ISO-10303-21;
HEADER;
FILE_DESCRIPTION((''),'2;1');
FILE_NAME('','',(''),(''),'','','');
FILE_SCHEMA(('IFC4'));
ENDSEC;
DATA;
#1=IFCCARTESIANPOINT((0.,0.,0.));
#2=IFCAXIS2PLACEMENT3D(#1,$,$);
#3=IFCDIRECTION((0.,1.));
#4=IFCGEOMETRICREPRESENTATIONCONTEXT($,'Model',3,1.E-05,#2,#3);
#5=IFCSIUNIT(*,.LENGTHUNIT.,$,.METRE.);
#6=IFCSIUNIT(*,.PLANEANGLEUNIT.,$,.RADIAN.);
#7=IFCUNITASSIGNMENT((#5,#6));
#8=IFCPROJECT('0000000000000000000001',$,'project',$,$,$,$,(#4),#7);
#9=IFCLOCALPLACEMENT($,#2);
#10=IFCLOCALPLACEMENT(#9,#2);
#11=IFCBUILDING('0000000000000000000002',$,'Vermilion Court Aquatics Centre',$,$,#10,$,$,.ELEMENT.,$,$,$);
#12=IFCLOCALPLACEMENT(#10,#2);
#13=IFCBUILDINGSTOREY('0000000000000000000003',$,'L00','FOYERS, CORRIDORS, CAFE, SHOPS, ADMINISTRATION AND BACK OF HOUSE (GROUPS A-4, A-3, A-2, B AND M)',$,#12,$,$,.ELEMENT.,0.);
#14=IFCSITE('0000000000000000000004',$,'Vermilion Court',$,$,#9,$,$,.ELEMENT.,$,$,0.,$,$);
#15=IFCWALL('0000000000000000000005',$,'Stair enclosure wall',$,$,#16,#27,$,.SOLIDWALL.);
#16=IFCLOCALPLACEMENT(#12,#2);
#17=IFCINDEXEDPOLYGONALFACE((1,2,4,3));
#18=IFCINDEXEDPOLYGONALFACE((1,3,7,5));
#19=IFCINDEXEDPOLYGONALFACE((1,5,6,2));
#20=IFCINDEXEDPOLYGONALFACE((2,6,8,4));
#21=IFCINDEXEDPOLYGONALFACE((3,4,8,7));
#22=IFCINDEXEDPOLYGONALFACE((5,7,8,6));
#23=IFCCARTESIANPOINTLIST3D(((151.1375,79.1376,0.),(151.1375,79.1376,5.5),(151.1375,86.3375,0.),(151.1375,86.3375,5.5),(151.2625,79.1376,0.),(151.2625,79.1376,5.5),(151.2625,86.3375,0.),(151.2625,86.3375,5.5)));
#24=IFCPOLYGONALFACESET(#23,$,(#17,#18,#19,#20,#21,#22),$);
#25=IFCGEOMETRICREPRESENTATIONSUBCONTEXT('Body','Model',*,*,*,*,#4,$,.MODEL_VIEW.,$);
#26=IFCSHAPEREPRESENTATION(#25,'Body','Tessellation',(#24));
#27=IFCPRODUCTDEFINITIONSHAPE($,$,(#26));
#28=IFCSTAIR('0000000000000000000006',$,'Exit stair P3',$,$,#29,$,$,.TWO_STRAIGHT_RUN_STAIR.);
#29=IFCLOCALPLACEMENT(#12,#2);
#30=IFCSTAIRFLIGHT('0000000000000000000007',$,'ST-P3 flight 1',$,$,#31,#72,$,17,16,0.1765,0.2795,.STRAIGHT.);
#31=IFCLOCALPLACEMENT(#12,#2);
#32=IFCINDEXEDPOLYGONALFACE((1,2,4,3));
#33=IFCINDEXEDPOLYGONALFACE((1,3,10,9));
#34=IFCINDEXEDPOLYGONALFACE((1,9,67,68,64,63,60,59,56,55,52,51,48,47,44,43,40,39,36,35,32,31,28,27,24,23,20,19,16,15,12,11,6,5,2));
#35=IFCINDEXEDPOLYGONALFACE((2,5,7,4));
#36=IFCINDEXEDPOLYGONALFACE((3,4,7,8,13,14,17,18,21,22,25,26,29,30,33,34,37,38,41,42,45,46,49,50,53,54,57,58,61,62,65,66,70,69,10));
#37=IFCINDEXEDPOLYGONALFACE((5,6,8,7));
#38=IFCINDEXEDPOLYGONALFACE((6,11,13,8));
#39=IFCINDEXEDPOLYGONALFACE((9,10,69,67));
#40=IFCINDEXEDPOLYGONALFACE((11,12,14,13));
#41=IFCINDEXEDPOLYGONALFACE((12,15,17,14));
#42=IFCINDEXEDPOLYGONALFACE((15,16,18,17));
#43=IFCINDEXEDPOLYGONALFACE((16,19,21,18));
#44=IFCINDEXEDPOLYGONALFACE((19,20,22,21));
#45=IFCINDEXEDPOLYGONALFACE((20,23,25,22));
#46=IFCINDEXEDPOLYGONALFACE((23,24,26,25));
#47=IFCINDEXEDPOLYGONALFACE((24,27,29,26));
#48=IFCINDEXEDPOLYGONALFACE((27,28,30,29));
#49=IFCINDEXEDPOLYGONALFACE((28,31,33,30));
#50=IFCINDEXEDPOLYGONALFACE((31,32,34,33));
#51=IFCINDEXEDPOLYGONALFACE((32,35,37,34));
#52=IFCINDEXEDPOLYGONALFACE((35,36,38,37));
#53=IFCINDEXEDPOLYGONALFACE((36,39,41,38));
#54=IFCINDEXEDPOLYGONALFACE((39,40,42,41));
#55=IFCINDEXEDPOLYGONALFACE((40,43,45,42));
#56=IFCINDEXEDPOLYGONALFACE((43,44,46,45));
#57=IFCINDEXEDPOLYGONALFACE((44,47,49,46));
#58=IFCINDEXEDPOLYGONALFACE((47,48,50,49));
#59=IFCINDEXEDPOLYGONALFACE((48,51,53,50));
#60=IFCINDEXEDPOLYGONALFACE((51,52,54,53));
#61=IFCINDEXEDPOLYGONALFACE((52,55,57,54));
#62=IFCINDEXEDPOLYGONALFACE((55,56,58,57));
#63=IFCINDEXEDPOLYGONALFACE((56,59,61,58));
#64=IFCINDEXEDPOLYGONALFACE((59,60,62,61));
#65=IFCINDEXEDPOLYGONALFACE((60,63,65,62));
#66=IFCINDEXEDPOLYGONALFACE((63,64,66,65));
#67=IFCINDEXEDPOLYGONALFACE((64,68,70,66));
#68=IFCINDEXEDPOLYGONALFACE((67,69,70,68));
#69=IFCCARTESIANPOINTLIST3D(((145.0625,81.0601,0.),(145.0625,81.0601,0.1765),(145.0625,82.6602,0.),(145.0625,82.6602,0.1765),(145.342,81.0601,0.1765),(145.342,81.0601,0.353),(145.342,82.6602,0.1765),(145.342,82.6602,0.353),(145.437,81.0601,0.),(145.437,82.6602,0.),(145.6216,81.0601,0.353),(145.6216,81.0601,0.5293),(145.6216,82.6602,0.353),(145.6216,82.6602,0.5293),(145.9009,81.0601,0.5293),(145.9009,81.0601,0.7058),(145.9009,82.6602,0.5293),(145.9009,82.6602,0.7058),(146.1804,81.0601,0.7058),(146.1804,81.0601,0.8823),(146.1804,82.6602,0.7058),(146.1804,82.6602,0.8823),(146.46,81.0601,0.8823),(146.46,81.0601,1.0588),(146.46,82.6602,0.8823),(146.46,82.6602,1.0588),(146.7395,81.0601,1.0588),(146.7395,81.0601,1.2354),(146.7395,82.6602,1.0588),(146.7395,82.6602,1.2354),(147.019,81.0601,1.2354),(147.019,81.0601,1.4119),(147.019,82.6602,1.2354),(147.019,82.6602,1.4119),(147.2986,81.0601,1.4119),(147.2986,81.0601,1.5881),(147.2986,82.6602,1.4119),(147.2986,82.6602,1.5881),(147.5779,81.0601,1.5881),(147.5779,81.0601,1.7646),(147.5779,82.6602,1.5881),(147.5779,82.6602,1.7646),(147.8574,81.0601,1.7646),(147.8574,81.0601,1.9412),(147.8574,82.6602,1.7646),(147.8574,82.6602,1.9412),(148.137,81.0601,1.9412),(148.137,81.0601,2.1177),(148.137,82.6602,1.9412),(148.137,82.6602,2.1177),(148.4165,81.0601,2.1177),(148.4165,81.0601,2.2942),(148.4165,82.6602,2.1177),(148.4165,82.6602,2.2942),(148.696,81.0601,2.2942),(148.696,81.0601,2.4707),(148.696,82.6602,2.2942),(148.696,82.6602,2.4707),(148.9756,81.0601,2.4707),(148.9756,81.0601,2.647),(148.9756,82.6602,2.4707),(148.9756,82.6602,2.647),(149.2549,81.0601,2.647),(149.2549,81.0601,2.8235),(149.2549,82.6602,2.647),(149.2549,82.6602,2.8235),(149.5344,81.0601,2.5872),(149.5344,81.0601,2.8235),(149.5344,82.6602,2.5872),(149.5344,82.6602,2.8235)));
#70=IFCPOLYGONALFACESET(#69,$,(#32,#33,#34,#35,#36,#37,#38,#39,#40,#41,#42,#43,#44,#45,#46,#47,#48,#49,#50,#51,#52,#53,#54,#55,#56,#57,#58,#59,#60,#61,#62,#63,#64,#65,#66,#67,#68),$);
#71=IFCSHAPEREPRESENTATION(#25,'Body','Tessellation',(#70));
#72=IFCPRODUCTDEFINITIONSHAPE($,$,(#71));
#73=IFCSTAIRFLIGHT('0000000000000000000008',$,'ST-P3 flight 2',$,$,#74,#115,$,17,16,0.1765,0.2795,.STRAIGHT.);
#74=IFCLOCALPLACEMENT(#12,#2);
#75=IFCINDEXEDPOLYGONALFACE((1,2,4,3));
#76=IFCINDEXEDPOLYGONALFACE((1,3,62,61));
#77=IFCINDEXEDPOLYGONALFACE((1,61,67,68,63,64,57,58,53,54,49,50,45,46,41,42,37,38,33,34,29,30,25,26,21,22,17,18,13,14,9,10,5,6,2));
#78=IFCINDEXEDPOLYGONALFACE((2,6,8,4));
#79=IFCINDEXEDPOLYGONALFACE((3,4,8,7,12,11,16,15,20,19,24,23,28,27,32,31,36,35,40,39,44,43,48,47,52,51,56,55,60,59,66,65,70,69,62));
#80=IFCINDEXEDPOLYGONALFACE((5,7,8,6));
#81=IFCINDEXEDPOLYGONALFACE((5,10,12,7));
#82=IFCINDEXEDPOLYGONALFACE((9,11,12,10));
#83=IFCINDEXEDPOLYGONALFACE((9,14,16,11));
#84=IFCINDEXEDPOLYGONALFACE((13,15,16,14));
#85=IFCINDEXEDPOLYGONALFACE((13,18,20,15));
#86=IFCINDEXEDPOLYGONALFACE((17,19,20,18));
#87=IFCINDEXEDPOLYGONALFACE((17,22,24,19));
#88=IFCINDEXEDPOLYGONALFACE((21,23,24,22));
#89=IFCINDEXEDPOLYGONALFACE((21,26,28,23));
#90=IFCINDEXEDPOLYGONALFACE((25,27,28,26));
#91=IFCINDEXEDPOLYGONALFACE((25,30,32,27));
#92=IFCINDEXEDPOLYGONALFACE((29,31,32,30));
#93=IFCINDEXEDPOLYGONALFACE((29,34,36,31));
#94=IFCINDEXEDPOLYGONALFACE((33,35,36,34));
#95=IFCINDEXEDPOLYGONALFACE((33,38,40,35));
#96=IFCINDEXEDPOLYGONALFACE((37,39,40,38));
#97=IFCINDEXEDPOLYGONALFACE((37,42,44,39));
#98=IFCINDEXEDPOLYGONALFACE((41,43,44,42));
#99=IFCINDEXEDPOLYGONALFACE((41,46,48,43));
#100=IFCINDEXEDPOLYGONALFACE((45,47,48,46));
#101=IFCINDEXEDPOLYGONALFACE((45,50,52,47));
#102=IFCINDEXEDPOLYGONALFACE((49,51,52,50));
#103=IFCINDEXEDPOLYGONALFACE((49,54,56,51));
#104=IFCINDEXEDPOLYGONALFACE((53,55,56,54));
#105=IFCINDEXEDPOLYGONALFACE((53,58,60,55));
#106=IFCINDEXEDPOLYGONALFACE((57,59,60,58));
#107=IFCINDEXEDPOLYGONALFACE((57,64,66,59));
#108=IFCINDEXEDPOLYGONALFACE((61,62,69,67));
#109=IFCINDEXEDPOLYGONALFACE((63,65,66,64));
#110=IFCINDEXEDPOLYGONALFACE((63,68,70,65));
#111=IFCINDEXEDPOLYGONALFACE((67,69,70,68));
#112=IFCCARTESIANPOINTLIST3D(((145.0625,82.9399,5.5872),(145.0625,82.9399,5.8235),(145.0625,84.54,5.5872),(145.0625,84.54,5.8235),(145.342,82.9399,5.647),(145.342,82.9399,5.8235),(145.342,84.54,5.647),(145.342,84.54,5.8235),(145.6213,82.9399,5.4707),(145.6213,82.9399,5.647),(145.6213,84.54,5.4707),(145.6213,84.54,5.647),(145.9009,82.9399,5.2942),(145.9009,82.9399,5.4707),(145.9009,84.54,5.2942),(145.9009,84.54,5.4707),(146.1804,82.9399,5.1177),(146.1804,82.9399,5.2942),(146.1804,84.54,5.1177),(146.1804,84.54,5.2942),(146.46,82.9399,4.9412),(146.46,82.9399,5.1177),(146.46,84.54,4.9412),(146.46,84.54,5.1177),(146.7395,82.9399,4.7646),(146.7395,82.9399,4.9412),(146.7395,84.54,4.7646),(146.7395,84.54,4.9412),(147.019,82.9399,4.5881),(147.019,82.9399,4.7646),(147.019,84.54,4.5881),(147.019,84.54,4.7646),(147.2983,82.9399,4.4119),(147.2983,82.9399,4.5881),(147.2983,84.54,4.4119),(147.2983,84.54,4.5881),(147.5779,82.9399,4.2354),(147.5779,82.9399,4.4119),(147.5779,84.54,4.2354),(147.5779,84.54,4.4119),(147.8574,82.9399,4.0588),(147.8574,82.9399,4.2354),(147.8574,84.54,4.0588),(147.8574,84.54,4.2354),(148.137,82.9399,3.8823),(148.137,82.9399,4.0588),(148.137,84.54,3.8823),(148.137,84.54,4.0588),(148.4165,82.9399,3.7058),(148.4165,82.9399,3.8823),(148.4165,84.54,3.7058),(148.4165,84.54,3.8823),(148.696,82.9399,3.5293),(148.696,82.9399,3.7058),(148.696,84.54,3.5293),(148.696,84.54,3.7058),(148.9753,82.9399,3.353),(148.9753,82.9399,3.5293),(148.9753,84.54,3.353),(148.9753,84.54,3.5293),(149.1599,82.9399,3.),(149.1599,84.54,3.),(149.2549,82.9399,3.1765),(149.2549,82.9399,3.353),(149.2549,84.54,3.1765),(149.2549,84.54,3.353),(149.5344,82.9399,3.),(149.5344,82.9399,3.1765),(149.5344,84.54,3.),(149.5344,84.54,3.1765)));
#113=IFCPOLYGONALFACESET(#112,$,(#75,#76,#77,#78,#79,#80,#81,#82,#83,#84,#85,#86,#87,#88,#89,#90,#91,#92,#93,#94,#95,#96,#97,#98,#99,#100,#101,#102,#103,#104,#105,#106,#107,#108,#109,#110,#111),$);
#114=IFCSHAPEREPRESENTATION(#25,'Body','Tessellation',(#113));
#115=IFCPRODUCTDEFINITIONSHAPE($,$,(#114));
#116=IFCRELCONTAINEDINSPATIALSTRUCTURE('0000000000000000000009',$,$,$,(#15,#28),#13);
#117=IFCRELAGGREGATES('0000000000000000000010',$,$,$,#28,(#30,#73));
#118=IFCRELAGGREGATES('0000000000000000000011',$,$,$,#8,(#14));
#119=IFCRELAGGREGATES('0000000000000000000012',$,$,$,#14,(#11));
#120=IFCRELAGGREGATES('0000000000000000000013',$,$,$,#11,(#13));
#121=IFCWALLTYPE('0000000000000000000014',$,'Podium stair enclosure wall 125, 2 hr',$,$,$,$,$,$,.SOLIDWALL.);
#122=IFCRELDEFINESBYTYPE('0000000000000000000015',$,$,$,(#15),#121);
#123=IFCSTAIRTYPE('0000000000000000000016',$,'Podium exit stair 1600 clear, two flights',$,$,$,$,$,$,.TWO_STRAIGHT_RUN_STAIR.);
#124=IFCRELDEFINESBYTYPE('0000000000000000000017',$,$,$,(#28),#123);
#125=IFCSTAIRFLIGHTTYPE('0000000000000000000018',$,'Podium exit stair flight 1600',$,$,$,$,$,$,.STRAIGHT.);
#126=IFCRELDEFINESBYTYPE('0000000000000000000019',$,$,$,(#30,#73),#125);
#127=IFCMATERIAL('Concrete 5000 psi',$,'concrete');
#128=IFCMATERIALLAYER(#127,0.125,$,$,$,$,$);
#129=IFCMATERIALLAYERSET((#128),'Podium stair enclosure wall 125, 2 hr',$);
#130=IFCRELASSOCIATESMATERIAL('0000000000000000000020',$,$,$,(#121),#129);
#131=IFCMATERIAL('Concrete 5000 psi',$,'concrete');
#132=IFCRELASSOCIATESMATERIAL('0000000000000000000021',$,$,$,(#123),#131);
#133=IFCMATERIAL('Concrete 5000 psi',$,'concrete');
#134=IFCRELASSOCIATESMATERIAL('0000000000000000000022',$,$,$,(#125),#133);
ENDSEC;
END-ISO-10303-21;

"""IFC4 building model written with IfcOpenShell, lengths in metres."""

from ifc_helpers import new_model, si_unit, direction, frame, frame_2d, origin, place, context, subcontext, project, spatial, polyline, rectangle, outline, extrude, material, layer, layer_set, type_object, element, aggregate, save


model = new_model("IFC4")

# Units and contexts
model_context = context("Model", 3, precision=1e-05, world=origin(), true_north=direction((0.0, 1.0)))
body_context = subcontext(model_context, "Body", "Model", "MODEL_VIEW")
ifc_project = project(units=[si_unit("LENGTHUNIT", "METRE"), si_unit("PLANEANGLEUNIT", "RADIAN")], contexts=[model_context])

# Site, building, storey
site_placement = place(None, origin())
site = spatial("IfcSite", under=ifc_project, at=site_placement, Name="Vermilion Court", CompositionType="ELEMENT", RefElevation=0.0)
building_placement = place(site_placement, origin())
building = spatial("IfcBuilding", under=site, at=building_placement, Name="Vermilion Court Aquatics Centre", CompositionType="ELEMENT")
storey_placement = place(building_placement, origin())
storey = spatial("IfcBuildingStorey", under=building, at=storey_placement, Name="L00", Description="FOYERS, CORRIDORS, CAFE, SHOPS, ADMINISTRATION AND BACK OF HOUSE (GROUPS A-4, A-3, A-2, B AND M)", CompositionType="ELEMENT", Elevation=0.0)

# Wall
ifc_material_1 = material(Name="Concrete 5000 psi", Category="concrete")
ifc_layer_1 = layer(ifc_material_1, 0.125)
ifc_layer_set_1 = layer_set([ifc_layer_1], Name="Podium stair enclosure wall 125, 2 hr")
wall_type_1 = type_object("IfcWallType", Name="Podium stair enclosure wall 125, 2 hr", PredefinedType="SOLIDWALL", material=ifc_layer_set_1)
wall_1_placement = place(storey_placement, frame((151.2, 79.1375, 0.0), z_axis=(0.0, 0.0, 1.0), x_axis=(0.0, 1.0, 0.0)))
element("IfcWall", 1, at=wall_1_placement, inside=storey, type_object=wall_type_1, Name="Stair enclosure wall", PredefinedType="SOLIDWALL", context=body_context, shape_type="SweptSolid", body=[
    extrude(rectangle(XDim=7.2, YDim=0.125, at=frame_2d((3.6001, 0.0))), origin(), (0.0, 0.0, 1.0), 5.5),
])

# Stair, stair flights
ifc_material_2 = material(Name="Concrete 5000 psi", Category="concrete")
stair_type = type_object("IfcStairType", Name="Podium exit stair 1600 clear, two flights", PredefinedType="TWO_STRAIGHT_RUN_STAIR", material=ifc_material_2)
stair_placement = place(storey_placement, origin())
stair = element("IfcStair", 2, at=stair_placement, inside=storey, type_object=stair_type, Name="Exit stair P3", PredefinedType="TWO_STRAIGHT_RUN_STAIR")
ifc_material_3 = material(Name="Concrete 5000 psi", Category="concrete")
stair_flight_type = type_object("IfcStairFlightType", Name="Podium exit stair flight 1600", PredefinedType="STRAIGHT", material=ifc_material_3)
stair_flight_1_placement = place(storey_placement, frame((145.0625, 81.8601, 0.0), z_axis=(0.0, 0.0, 1.0), x_axis=(1.0, 0.0, 0.0)))
stair_flight_1 = element("IfcStairFlight", 3, at=stair_flight_1_placement, type_object=stair_flight_type, Name="ST-P3 flight 1", NumberOfRisers=17, NumberOfTreads=16, PredefinedType="STRAIGHT", RiserHeight=0.1765, TreadLength=0.2795, context=body_context, shape_type="SweptSolid", body=[
    extrude(outline(polyline([(0.0, 0.0), (0.0, 0.1765), (0.2795, 0.1765), (0.2795, 0.353), (0.5591, 0.353), (0.5591, 0.5293), (0.8384, 0.5293), (0.8384, 0.7058), (1.1179, 0.7058), (1.1179, 0.8823), (1.3975, 0.8823), (1.3975, 1.0588), (1.677, 1.0588), (1.677, 1.2354), (1.9565, 1.2354), (1.9565, 1.4119), (2.2361, 1.4119), (2.2361, 1.5881), (2.5154, 1.5881), (2.5154, 1.7646), (2.7949, 1.7646), (2.7949, 1.9412), (3.0745, 1.9412), (3.0745, 2.1177), (3.354, 2.1177), (3.354, 2.2942), (3.6335, 2.2942), (3.6335, 2.4707), (3.9131, 2.4707), (3.9131, 2.647), (4.1924, 2.647), (4.1924, 2.8235), (4.4719, 2.8235), (4.4719, 3.0), (4.4719, 2.5872), (0.3745, 0.0), (0.0, 0.0)])), frame((0.0, 0.8, 0.0), z_axis=(0.0, -1.0, 0.0), x_axis=(1.0, 0.0, 0.0)), (0.0, 0.0, 1.0), 1.6001),
])
stair_flight_2_placement = place(storey_placement, frame((149.5344, 83.74, 3.0), z_axis=(0.0, 0.0, 1.0), x_axis=(-1.0, 0.0, 0.0)))
stair_flight_2 = element("IfcStairFlight", 4, at=stair_flight_2_placement, type_object=stair_flight_type, Name="ST-P3 flight 2", NumberOfRisers=17, NumberOfTreads=16, PredefinedType="STRAIGHT", RiserHeight=0.1765, TreadLength=0.2795, context=body_context, shape_type="SweptSolid", body=[
    extrude(outline(polyline([(0.0, 0.0), (0.0, 0.1765), (0.2795, 0.1765), (0.2795, 0.353), (0.5591, 0.353), (0.5591, 0.5293), (0.8384, 0.5293), (0.8384, 0.7058), (1.1179, 0.7058), (1.1179, 0.8823), (1.3975, 0.8823), (1.3975, 1.0588), (1.677, 1.0588), (1.677, 1.2354), (1.9565, 1.2354), (1.9565, 1.4119), (2.2361, 1.4119), (2.2361, 1.5881), (2.5154, 1.5881), (2.5154, 1.7646), (2.7949, 1.7646), (2.7949, 1.9412), (3.0745, 1.9412), (3.0745, 2.1177), (3.354, 2.1177), (3.354, 2.2942), (3.6335, 2.2942), (3.6335, 2.4707), (3.9131, 2.4707), (3.9131, 2.647), (4.1924, 2.647), (4.1924, 2.8235), (4.4719, 2.8235), (4.4719, 3.0), (4.4719, 2.5872), (0.3745, 0.0), (0.0, 0.0)])), frame((0.0, 0.8, 0.0), z_axis=(0.0, -1.0, 0.0), x_axis=(1.0, 0.0, 0.0)), (0.0, 0.0, 1.0), 1.6001),
])
aggregate(stair, [stair_flight_1, stair_flight_2])

save(model, "model.ifc")
